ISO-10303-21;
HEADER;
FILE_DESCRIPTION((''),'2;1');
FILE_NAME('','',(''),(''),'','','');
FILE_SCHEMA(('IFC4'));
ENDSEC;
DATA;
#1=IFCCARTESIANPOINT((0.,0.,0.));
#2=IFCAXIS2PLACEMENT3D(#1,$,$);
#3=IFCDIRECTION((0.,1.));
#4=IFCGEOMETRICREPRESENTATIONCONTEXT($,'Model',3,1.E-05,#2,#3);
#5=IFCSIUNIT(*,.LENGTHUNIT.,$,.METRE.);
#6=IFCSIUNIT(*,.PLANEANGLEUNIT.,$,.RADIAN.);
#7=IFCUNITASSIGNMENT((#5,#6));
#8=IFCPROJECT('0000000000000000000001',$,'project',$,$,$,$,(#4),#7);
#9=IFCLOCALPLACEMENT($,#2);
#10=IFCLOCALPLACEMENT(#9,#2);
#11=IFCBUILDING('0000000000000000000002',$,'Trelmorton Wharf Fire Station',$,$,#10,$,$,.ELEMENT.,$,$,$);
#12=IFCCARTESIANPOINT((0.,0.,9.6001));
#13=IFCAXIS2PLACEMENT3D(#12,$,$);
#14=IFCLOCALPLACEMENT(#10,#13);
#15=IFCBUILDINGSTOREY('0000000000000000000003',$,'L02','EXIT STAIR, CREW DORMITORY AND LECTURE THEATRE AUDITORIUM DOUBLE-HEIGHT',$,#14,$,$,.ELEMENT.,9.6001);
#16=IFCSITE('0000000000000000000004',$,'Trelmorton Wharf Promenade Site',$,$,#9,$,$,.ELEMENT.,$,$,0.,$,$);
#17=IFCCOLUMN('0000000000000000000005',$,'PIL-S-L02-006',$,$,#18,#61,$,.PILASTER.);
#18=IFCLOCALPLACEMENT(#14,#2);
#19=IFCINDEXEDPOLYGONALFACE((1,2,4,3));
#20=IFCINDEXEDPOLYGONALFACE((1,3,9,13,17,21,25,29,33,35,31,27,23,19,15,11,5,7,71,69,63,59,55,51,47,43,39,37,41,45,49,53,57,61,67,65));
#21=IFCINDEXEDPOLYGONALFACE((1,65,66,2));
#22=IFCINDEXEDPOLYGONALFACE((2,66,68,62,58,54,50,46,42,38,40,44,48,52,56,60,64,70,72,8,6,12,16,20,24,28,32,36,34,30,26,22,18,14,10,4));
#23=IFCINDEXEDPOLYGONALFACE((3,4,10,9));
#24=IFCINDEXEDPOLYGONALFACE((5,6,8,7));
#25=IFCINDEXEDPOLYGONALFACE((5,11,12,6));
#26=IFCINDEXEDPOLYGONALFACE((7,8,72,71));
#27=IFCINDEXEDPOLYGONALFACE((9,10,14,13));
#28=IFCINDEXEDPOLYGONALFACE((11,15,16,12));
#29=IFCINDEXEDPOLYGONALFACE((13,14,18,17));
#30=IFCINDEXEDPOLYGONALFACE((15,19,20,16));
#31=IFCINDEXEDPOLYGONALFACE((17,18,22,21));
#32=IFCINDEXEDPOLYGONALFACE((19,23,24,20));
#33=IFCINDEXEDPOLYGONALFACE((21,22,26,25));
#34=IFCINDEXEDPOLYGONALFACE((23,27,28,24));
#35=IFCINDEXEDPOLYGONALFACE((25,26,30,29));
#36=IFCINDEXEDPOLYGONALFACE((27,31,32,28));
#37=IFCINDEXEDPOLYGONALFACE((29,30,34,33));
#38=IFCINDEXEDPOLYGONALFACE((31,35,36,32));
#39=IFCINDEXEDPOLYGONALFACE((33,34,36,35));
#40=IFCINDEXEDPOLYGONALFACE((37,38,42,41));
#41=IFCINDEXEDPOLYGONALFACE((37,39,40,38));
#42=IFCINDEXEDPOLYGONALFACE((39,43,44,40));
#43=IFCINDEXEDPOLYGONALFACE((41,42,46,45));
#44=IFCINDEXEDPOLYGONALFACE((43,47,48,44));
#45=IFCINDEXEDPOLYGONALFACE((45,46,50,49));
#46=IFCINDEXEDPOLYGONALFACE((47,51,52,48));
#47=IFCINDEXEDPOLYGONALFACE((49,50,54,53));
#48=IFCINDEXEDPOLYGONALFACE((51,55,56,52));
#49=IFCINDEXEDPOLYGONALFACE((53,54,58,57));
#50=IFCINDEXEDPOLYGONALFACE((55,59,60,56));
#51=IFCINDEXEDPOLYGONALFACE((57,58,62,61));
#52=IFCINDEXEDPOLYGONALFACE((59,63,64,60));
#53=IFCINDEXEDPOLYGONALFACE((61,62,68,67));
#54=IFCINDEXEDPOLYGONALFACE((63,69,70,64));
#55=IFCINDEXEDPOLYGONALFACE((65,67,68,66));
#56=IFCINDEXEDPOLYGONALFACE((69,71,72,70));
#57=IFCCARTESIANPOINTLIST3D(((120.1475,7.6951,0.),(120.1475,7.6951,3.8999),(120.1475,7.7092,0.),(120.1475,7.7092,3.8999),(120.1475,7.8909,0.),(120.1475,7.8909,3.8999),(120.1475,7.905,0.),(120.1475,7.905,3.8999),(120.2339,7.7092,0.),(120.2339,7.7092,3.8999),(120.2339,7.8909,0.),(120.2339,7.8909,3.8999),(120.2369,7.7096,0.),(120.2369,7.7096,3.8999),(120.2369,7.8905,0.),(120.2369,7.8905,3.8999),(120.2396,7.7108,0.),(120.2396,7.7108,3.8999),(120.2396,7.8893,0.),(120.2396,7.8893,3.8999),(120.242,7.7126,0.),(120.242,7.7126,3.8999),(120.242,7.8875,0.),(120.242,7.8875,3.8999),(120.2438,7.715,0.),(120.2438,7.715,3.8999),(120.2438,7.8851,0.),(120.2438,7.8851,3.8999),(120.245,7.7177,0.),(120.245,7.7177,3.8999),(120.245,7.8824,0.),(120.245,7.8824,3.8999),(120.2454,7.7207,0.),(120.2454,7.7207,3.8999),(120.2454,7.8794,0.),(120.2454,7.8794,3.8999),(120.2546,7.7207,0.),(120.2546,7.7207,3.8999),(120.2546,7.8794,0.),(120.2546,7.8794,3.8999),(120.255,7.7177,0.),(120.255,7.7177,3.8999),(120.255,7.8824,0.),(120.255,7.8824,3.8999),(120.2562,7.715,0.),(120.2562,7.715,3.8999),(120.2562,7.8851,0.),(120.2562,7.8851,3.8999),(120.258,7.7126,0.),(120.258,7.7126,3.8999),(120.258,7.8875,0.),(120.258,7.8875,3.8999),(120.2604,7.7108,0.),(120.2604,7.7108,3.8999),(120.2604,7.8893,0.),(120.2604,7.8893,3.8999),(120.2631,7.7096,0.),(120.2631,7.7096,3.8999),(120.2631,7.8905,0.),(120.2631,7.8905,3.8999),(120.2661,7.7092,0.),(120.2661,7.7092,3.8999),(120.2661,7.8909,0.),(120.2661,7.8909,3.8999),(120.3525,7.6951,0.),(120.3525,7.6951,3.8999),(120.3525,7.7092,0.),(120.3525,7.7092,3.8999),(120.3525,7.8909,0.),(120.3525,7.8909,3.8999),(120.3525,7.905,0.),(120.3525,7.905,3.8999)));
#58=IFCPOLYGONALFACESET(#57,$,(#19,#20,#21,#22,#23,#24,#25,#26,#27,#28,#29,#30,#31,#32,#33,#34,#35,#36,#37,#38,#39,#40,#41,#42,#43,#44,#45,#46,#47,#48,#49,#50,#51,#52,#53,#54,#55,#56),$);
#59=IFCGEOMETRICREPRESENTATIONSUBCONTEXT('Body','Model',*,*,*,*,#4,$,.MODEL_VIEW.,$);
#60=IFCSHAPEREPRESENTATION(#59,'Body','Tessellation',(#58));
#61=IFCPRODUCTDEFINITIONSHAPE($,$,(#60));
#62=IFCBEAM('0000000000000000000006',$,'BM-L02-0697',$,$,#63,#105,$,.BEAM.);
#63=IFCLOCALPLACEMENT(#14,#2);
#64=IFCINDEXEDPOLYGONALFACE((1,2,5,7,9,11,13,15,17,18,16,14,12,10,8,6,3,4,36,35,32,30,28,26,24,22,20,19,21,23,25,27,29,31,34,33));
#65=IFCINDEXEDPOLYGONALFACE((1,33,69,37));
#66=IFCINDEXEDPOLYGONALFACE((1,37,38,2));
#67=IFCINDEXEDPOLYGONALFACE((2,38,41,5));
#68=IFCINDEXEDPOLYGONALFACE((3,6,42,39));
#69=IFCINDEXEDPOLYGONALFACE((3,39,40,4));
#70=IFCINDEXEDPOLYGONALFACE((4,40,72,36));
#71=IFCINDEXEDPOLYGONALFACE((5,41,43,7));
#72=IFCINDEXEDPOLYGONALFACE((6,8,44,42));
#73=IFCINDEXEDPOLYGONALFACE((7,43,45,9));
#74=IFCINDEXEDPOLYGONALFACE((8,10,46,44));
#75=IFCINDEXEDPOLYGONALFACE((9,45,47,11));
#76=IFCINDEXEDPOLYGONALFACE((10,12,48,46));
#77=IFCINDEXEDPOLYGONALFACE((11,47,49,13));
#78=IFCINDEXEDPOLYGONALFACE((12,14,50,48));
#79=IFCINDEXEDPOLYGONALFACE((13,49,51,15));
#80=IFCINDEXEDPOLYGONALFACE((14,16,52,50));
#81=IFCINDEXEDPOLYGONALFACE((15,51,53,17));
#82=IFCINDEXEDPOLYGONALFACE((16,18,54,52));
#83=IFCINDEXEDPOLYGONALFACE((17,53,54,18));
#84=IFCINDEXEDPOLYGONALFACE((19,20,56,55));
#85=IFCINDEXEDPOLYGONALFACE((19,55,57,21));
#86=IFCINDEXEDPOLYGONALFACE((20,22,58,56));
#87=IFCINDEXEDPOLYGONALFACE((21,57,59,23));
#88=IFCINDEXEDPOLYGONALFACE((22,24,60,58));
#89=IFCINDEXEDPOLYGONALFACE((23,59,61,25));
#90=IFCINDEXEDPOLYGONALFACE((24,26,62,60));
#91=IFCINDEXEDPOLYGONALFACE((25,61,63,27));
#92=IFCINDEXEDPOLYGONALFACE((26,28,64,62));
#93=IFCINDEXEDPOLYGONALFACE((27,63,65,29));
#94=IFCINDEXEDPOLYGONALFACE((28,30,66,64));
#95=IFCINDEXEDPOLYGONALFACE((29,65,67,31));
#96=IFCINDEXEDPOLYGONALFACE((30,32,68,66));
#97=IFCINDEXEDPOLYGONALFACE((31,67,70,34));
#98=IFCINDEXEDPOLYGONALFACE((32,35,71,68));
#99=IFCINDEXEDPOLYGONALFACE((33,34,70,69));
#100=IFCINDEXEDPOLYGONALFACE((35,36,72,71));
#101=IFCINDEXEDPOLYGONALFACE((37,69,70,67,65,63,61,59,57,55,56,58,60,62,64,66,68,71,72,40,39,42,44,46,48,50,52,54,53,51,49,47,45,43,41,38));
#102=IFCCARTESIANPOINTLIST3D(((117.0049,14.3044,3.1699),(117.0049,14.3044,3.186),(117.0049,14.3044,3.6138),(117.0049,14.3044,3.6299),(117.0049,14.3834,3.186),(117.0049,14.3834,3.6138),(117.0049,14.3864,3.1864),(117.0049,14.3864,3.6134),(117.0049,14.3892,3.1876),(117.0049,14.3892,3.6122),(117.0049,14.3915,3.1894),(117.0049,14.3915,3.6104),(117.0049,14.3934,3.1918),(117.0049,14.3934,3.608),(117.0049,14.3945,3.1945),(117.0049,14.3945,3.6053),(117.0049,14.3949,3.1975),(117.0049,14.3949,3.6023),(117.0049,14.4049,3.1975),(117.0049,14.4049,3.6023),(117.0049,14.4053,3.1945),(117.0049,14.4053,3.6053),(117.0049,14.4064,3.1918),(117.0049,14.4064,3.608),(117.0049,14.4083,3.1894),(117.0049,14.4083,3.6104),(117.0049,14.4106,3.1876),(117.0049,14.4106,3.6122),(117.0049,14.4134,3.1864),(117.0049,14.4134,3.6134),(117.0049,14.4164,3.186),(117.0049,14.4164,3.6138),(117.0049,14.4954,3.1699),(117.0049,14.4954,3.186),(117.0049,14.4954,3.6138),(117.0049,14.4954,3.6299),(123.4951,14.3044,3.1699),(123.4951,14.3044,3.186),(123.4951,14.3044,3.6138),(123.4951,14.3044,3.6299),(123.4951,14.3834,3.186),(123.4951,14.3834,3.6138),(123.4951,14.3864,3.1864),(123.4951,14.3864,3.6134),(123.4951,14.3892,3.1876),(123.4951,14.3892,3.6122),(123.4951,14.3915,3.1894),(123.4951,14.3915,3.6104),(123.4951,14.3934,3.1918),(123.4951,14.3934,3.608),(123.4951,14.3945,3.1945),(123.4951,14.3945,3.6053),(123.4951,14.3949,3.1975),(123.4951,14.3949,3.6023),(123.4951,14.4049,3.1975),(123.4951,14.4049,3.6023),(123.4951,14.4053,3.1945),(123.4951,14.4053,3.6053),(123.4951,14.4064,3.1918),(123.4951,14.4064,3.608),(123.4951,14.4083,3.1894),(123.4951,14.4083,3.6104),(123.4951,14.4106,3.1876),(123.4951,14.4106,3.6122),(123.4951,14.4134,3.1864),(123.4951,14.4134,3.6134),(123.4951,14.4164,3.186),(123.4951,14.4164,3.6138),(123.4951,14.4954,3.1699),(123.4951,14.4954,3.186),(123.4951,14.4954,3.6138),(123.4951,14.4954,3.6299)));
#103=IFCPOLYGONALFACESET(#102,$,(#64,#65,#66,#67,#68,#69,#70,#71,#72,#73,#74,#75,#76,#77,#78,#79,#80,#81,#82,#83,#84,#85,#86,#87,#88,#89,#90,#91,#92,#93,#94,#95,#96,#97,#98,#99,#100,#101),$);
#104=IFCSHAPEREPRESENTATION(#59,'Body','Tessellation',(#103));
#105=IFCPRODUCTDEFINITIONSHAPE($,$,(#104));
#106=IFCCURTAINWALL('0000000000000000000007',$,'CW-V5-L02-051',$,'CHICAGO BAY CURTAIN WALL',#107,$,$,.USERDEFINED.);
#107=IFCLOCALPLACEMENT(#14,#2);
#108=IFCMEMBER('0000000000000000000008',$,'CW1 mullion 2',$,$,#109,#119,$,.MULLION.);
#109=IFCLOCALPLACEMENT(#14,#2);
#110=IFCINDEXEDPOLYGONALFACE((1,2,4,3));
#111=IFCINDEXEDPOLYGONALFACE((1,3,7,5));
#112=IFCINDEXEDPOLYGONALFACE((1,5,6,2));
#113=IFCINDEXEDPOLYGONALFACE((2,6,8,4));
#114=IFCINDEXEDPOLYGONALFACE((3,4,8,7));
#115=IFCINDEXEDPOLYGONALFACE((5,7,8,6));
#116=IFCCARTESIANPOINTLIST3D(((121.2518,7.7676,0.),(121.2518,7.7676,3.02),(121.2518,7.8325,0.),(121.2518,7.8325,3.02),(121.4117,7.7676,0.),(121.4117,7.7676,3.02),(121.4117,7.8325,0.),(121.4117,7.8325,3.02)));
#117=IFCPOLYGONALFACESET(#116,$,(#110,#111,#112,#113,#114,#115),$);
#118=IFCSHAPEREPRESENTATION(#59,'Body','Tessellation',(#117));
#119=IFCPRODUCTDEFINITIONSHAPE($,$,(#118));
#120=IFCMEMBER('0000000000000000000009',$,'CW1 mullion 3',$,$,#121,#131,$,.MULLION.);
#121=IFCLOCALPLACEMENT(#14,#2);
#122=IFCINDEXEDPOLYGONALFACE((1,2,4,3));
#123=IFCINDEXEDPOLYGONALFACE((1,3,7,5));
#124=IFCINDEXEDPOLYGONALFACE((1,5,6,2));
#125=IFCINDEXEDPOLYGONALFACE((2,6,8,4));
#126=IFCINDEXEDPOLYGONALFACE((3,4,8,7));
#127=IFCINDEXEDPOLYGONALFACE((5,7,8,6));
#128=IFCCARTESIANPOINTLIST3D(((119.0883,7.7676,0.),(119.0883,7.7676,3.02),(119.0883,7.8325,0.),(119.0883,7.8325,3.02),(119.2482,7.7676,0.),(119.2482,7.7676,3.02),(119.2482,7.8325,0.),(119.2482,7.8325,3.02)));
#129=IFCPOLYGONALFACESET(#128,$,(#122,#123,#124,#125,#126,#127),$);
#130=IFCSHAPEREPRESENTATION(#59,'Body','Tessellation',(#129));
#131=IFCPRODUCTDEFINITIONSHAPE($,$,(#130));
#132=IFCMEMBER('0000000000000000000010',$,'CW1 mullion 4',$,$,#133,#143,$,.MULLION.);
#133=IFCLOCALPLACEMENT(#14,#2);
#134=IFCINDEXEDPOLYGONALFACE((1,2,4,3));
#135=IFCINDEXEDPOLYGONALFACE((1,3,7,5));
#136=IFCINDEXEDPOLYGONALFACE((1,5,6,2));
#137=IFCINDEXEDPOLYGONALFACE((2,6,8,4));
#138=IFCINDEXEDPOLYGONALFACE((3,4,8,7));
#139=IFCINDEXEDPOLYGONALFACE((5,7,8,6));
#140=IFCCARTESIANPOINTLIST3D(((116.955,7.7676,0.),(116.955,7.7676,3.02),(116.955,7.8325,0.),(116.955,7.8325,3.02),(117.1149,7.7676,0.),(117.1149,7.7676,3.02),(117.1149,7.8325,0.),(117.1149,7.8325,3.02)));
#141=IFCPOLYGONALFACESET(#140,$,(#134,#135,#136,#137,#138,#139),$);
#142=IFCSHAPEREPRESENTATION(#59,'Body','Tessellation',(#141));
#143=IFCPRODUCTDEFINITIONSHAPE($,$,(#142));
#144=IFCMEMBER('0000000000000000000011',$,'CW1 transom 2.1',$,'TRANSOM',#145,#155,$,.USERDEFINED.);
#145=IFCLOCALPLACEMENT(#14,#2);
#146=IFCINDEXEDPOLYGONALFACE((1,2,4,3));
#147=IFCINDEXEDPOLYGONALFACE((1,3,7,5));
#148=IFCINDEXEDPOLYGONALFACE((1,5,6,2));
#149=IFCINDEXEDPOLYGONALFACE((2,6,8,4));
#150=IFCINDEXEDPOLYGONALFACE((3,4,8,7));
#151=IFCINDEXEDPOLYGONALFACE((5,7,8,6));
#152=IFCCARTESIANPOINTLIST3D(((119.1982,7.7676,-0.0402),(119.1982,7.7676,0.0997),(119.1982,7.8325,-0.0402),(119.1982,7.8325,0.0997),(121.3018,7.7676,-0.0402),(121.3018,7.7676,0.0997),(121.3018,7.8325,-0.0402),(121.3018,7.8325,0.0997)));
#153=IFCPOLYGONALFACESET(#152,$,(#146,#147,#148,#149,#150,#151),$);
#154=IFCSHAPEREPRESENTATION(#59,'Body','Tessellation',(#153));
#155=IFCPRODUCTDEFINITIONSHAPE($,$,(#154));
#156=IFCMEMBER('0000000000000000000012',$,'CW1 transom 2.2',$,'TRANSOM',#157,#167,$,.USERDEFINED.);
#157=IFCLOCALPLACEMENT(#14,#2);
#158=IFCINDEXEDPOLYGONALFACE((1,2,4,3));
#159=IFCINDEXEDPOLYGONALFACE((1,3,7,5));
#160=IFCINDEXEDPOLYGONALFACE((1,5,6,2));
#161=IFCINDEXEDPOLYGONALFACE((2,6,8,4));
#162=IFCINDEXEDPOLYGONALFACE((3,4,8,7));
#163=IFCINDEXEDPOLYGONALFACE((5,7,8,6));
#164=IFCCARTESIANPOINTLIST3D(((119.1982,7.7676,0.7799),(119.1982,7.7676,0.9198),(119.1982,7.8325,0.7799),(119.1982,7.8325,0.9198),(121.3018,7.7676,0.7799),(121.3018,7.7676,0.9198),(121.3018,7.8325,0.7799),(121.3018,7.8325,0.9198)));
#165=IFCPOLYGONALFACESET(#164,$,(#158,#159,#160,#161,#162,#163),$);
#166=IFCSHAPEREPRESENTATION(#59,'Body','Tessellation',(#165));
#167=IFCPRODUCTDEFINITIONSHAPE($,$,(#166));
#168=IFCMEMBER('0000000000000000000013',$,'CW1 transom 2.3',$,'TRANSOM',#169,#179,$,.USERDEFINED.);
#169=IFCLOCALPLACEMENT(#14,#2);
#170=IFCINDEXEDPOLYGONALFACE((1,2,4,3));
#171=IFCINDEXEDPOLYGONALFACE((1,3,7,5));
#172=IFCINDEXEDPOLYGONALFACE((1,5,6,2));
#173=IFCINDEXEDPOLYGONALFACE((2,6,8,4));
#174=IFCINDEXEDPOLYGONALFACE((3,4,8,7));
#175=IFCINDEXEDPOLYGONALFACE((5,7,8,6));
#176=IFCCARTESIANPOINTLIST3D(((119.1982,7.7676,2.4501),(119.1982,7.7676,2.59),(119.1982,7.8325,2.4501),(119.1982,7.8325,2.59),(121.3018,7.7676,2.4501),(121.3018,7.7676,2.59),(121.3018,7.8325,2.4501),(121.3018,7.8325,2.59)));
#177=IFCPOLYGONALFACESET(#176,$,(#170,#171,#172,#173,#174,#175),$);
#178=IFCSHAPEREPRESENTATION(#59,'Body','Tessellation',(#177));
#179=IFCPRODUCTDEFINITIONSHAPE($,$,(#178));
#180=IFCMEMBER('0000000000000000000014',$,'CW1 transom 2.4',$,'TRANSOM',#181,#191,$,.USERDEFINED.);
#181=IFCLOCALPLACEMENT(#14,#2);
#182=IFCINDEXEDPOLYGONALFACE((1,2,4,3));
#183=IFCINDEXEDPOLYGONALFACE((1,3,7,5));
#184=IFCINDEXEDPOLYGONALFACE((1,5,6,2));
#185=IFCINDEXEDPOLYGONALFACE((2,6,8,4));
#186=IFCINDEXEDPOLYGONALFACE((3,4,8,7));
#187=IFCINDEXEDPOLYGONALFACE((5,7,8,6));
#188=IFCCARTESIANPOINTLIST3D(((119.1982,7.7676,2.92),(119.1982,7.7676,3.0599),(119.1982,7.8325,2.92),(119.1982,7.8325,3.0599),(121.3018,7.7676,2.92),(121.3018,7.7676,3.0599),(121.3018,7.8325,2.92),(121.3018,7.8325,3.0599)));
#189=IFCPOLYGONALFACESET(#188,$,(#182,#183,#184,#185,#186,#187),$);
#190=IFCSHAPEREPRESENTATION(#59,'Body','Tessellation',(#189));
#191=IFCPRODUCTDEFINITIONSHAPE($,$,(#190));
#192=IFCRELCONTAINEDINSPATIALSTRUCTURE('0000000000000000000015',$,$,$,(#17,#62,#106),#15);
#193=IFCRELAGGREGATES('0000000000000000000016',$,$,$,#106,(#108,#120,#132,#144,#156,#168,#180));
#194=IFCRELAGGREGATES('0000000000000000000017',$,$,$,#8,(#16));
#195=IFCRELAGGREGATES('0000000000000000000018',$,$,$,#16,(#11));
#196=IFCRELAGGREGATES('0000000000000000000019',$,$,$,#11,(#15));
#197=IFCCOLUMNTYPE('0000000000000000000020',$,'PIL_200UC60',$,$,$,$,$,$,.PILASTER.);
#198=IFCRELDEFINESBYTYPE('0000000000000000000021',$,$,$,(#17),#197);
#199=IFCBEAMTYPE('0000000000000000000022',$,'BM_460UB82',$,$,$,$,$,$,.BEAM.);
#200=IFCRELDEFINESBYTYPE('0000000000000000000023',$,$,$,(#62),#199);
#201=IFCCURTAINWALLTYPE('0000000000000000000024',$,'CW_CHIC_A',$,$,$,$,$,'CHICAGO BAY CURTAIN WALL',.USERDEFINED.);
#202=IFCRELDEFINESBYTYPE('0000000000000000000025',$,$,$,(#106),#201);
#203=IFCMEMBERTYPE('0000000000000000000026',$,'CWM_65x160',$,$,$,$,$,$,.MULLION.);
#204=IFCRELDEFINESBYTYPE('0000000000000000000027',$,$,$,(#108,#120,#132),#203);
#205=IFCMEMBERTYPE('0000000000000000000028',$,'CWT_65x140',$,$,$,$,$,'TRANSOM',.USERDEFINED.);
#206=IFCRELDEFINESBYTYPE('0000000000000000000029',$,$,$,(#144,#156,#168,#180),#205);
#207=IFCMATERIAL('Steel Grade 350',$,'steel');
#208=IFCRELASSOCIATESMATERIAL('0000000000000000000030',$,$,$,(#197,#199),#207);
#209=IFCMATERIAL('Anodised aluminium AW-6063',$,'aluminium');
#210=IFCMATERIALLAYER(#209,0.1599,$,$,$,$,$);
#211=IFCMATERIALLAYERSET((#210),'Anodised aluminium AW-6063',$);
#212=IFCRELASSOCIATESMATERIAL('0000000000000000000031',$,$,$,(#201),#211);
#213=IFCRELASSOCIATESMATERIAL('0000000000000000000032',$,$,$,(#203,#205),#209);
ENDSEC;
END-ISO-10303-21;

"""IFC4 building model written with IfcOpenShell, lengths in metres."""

from ifc_helpers import new_model, si_unit, direction, frame, origin, origin_2d, place, context, subcontext, project, spatial, rectangle, i_section, extrude, material, layer, layer_set, material_profile, profile_set, type_object, element, aggregate, save


model = new_model("IFC4")

# Units and contexts
model_context = context("Model", 3, precision=1e-05, world=origin(), true_north=direction((0.0, 1.0)))
body_context = subcontext(model_context, "Body", "Model", "MODEL_VIEW")
ifc_project = project(units=[si_unit("LENGTHUNIT", "METRE"), si_unit("PLANEANGLEUNIT", "RADIAN")], contexts=[model_context])

# Site, building, storey
site_placement = place(None, origin())
site = spatial("IfcSite", under=ifc_project, at=site_placement, Name="Trelmorton Wharf Promenade Site", CompositionType="ELEMENT", RefElevation=0.0)
building_placement = place(site_placement, origin())
building = spatial("IfcBuilding", under=site, at=building_placement, Name="Trelmorton Wharf Fire Station", CompositionType="ELEMENT")
storey_placement = place(building_placement, frame((0.0, 0.0, 9.6001)))
storey = spatial("IfcBuildingStorey", under=building, at=storey_placement, Name="L02", Description="EXIT STAIR, CREW DORMITORY AND LECTURE THEATRE AUDITORIUM DOUBLE-HEIGHT", CompositionType="ELEMENT", Elevation=9.6001)

# Column
ifc_material_1 = material(Name="Steel Grade 350", Category="steel")
ifc_material_profile_1 = material_profile(ifc_material_1, i_section(OverallWidth=0.2051, OverallDepth=0.21, WebThickness=0.0093, FlangeThickness=0.0142, FilletRadius=0.0115, at=origin_2d()), Name="200UC59.5")
ifc_profile_set_1 = profile_set([ifc_material_profile_1], Name="Steel Grade 350")
column_type = type_object("IfcColumnType", Name="PIL_200UC60", PredefinedType="PILASTER", material=ifc_profile_set_1)
column_placement = place(storey_placement, frame((120.25, 7.8, 0.0), z_axis=(0.0, 0.0, 1.0), x_axis=(1.0, 0.0, 0.0)))
element("IfcColumn", 1, at=column_placement, inside=storey, type_object=column_type, Name="PIL-S-L02-006", PredefinedType="PILASTER", context=body_context, shape_type="SweptSolid", body=[
    extrude(i_section(OverallWidth=0.2051, OverallDepth=0.21, WebThickness=0.0093, FlangeThickness=0.0142, FilletRadius=0.0115, at=origin_2d()), origin(), (0.0, 0.0, 1.0), 3.8999),
])

# Beam
ifc_material_profile_2 = material_profile(ifc_material_1, i_section(OverallWidth=0.1909, OverallDepth=0.46, WebThickness=0.01, FlangeThickness=0.0161, FilletRadius=0.0115, at=origin_2d()), Name="460UB82.1")
ifc_profile_set_2 = profile_set([ifc_material_profile_2], Name="Steel Grade 350")
beam_type_1 = type_object("IfcBeamType", Name="BM_460UB82", PredefinedType="BEAM", material=ifc_profile_set_2)
beam_1_placement = place(storey_placement, frame((117.0049, 14.3999, 3.3999), z_axis=(1.0, 0.0, 0.0), x_axis=(0.0, 1.0, 0.0)))
element("IfcBeam", 2, at=beam_1_placement, inside=storey, type_object=beam_type_1, Name="BM-L02-0697", PredefinedType="BEAM", context=body_context, shape_type="SweptSolid", body=[
    extrude(i_section(OverallWidth=0.1909, OverallDepth=0.46, WebThickness=0.01, FlangeThickness=0.0161, FilletRadius=0.0115, at=origin_2d()), origin(), (0.0, 0.0, 1.0), 6.4902),
])

# Curtain wall, members
ifc_material_2 = material(Name="Anodised aluminium AW-6063", Category="aluminium")
ifc_layer_1 = layer(ifc_material_2, 0.1599)
ifc_layer_set_1 = layer_set([ifc_layer_1], Name="Anodised aluminium AW-6063")
curtain_wall_type = type_object("IfcCurtainWallType", Name="CW_CHIC_A", ElementType="CHICAGO BAY CURTAIN WALL", PredefinedType="USERDEFINED", material=ifc_layer_set_1)
curtain_wall_placement = place(storey_placement, origin())
curtain_wall = element("IfcCurtainWall", 3, at=curtain_wall_placement, inside=storey, type_object=curtain_wall_type, Name="CW-V5-L02-051", ObjectType="CHICAGO BAY CURTAIN WALL", PredefinedType="USERDEFINED")
ifc_material_profile_3 = material_profile(ifc_material_2, rectangle(XDim=0.0649, YDim=0.1599, at=origin_2d()), Name="ALU-65x160")
ifc_profile_set_3 = profile_set([ifc_material_profile_3], Name="Anodised aluminium AW-6063")
member_type_1 = type_object("IfcMemberType", Name="CWM_65x160", PredefinedType="MULLION", material=ifc_profile_set_3)
member_1_placement = place(storey_placement, frame((121.3318, 7.8, 0.0), z_axis=(0.0, 0.0, 1.0), x_axis=(0.0, -1.0, 0.0)))
member_1 = element("IfcMember", 4, at=member_1_placement, type_object=member_type_1, Name="CW1 mullion 2", PredefinedType="MULLION", context=body_context, shape_type="SweptSolid", body=[
    extrude(rectangle(XDim=0.0649, YDim=0.1599, at=origin_2d()), origin(), (0.0, 0.0, 1.0), 3.02),
])
member_2_placement = place(storey_placement, frame((119.1682, 7.8, 0.0), z_axis=(0.0, 0.0, 1.0), x_axis=(0.0, -1.0, 0.0)))
member_2 = element("IfcMember", 5, at=member_2_placement, type_object=member_type_1, Name="CW1 mullion 3", PredefinedType="MULLION", context=body_context, shape_type="SweptSolid", body=[
    extrude(rectangle(XDim=0.0649, YDim=0.1599, at=origin_2d()), origin(), (0.0, 0.0, 1.0), 3.02),
])
member_3_placement = place(storey_placement, frame((117.0349, 7.8, 0.0), z_axis=(0.0, 0.0, 1.0), x_axis=(0.0, -1.0, 0.0)))
member_3 = element("IfcMember", 6, at=member_3_placement, type_object=member_type_1, Name="CW1 mullion 4", PredefinedType="MULLION", context=body_context, shape_type="SweptSolid", body=[
    extrude(rectangle(XDim=0.0649, YDim=0.1599, at=origin_2d()), origin(), (0.0, 0.0, 1.0), 3.02),
])
ifc_material_profile_4 = material_profile(ifc_material_2, rectangle(XDim=0.0649, YDim=0.1399, at=origin_2d()), Name="ALU-65x140")
ifc_profile_set_4 = profile_set([ifc_material_profile_4], Name="Anodised aluminium AW-6063")
member_type_2 = type_object("IfcMemberType", Name="CWT_65x140", ElementType="TRANSOM", PredefinedType="USERDEFINED", material=ifc_profile_set_4)
member_4_placement = place(storey_placement, frame((121.3018, 7.8, 0.0298), z_axis=(-1.0, 0.0, 0.0), x_axis=(0.0, -1.0, 0.0)))
member_4 = element("IfcMember", 7, at=member_4_placement, type_object=member_type_2, Name="CW1 transom 2.1", ObjectType="TRANSOM", PredefinedType="USERDEFINED", context=body_context, shape_type="SweptSolid", body=[
    extrude(rectangle(XDim=0.0649, YDim=0.1399, at=origin_2d()), origin(), (0.0, 0.0, 1.0), 2.1035),
])
member_5_placement = place(storey_placement, frame((121.3018, 7.8, 0.8499), z_axis=(-1.0, 0.0, 0.0), x_axis=(0.0, -1.0, 0.0)))
member_5 = element("IfcMember", 8, at=member_5_placement, type_object=member_type_2, Name="CW1 transom 2.2", ObjectType="TRANSOM", PredefinedType="USERDEFINED", context=body_context, shape_type="SweptSolid", body=[
    extrude(rectangle(XDim=0.0649, YDim=0.1399, at=origin_2d()), origin(), (0.0, 0.0, 1.0), 2.1035),
])
member_6_placement = place(storey_placement, frame((121.3018, 7.8, 2.52), z_axis=(-1.0, 0.0, 0.0), x_axis=(0.0, -1.0, 0.0)))
member_6 = element("IfcMember", 9, at=member_6_placement, type_object=member_type_2, Name="CW1 transom 2.3", ObjectType="TRANSOM", PredefinedType="USERDEFINED", context=body_context, shape_type="SweptSolid", body=[
    extrude(rectangle(XDim=0.0649, YDim=0.1399, at=origin_2d()), origin(), (0.0, 0.0, 1.0), 2.1035),
])
member_7_placement = place(storey_placement, frame((121.3018, 7.8, 2.99), z_axis=(-1.0, 0.0, 0.0), x_axis=(0.0, -1.0, 0.0)))
member_7 = element("IfcMember", 10, at=member_7_placement, type_object=member_type_2, Name="CW1 transom 2.4", ObjectType="TRANSOM", PredefinedType="USERDEFINED", context=body_context, shape_type="SweptSolid", body=[
    extrude(rectangle(XDim=0.0649, YDim=0.1399, at=origin_2d()), origin(), (0.0, 0.0, 1.0), 2.1035),
])

aggregate(curtain_wall, [member_1, member_2, member_3, member_4, member_5, member_6, member_7])

save(model, "model.ifc")
